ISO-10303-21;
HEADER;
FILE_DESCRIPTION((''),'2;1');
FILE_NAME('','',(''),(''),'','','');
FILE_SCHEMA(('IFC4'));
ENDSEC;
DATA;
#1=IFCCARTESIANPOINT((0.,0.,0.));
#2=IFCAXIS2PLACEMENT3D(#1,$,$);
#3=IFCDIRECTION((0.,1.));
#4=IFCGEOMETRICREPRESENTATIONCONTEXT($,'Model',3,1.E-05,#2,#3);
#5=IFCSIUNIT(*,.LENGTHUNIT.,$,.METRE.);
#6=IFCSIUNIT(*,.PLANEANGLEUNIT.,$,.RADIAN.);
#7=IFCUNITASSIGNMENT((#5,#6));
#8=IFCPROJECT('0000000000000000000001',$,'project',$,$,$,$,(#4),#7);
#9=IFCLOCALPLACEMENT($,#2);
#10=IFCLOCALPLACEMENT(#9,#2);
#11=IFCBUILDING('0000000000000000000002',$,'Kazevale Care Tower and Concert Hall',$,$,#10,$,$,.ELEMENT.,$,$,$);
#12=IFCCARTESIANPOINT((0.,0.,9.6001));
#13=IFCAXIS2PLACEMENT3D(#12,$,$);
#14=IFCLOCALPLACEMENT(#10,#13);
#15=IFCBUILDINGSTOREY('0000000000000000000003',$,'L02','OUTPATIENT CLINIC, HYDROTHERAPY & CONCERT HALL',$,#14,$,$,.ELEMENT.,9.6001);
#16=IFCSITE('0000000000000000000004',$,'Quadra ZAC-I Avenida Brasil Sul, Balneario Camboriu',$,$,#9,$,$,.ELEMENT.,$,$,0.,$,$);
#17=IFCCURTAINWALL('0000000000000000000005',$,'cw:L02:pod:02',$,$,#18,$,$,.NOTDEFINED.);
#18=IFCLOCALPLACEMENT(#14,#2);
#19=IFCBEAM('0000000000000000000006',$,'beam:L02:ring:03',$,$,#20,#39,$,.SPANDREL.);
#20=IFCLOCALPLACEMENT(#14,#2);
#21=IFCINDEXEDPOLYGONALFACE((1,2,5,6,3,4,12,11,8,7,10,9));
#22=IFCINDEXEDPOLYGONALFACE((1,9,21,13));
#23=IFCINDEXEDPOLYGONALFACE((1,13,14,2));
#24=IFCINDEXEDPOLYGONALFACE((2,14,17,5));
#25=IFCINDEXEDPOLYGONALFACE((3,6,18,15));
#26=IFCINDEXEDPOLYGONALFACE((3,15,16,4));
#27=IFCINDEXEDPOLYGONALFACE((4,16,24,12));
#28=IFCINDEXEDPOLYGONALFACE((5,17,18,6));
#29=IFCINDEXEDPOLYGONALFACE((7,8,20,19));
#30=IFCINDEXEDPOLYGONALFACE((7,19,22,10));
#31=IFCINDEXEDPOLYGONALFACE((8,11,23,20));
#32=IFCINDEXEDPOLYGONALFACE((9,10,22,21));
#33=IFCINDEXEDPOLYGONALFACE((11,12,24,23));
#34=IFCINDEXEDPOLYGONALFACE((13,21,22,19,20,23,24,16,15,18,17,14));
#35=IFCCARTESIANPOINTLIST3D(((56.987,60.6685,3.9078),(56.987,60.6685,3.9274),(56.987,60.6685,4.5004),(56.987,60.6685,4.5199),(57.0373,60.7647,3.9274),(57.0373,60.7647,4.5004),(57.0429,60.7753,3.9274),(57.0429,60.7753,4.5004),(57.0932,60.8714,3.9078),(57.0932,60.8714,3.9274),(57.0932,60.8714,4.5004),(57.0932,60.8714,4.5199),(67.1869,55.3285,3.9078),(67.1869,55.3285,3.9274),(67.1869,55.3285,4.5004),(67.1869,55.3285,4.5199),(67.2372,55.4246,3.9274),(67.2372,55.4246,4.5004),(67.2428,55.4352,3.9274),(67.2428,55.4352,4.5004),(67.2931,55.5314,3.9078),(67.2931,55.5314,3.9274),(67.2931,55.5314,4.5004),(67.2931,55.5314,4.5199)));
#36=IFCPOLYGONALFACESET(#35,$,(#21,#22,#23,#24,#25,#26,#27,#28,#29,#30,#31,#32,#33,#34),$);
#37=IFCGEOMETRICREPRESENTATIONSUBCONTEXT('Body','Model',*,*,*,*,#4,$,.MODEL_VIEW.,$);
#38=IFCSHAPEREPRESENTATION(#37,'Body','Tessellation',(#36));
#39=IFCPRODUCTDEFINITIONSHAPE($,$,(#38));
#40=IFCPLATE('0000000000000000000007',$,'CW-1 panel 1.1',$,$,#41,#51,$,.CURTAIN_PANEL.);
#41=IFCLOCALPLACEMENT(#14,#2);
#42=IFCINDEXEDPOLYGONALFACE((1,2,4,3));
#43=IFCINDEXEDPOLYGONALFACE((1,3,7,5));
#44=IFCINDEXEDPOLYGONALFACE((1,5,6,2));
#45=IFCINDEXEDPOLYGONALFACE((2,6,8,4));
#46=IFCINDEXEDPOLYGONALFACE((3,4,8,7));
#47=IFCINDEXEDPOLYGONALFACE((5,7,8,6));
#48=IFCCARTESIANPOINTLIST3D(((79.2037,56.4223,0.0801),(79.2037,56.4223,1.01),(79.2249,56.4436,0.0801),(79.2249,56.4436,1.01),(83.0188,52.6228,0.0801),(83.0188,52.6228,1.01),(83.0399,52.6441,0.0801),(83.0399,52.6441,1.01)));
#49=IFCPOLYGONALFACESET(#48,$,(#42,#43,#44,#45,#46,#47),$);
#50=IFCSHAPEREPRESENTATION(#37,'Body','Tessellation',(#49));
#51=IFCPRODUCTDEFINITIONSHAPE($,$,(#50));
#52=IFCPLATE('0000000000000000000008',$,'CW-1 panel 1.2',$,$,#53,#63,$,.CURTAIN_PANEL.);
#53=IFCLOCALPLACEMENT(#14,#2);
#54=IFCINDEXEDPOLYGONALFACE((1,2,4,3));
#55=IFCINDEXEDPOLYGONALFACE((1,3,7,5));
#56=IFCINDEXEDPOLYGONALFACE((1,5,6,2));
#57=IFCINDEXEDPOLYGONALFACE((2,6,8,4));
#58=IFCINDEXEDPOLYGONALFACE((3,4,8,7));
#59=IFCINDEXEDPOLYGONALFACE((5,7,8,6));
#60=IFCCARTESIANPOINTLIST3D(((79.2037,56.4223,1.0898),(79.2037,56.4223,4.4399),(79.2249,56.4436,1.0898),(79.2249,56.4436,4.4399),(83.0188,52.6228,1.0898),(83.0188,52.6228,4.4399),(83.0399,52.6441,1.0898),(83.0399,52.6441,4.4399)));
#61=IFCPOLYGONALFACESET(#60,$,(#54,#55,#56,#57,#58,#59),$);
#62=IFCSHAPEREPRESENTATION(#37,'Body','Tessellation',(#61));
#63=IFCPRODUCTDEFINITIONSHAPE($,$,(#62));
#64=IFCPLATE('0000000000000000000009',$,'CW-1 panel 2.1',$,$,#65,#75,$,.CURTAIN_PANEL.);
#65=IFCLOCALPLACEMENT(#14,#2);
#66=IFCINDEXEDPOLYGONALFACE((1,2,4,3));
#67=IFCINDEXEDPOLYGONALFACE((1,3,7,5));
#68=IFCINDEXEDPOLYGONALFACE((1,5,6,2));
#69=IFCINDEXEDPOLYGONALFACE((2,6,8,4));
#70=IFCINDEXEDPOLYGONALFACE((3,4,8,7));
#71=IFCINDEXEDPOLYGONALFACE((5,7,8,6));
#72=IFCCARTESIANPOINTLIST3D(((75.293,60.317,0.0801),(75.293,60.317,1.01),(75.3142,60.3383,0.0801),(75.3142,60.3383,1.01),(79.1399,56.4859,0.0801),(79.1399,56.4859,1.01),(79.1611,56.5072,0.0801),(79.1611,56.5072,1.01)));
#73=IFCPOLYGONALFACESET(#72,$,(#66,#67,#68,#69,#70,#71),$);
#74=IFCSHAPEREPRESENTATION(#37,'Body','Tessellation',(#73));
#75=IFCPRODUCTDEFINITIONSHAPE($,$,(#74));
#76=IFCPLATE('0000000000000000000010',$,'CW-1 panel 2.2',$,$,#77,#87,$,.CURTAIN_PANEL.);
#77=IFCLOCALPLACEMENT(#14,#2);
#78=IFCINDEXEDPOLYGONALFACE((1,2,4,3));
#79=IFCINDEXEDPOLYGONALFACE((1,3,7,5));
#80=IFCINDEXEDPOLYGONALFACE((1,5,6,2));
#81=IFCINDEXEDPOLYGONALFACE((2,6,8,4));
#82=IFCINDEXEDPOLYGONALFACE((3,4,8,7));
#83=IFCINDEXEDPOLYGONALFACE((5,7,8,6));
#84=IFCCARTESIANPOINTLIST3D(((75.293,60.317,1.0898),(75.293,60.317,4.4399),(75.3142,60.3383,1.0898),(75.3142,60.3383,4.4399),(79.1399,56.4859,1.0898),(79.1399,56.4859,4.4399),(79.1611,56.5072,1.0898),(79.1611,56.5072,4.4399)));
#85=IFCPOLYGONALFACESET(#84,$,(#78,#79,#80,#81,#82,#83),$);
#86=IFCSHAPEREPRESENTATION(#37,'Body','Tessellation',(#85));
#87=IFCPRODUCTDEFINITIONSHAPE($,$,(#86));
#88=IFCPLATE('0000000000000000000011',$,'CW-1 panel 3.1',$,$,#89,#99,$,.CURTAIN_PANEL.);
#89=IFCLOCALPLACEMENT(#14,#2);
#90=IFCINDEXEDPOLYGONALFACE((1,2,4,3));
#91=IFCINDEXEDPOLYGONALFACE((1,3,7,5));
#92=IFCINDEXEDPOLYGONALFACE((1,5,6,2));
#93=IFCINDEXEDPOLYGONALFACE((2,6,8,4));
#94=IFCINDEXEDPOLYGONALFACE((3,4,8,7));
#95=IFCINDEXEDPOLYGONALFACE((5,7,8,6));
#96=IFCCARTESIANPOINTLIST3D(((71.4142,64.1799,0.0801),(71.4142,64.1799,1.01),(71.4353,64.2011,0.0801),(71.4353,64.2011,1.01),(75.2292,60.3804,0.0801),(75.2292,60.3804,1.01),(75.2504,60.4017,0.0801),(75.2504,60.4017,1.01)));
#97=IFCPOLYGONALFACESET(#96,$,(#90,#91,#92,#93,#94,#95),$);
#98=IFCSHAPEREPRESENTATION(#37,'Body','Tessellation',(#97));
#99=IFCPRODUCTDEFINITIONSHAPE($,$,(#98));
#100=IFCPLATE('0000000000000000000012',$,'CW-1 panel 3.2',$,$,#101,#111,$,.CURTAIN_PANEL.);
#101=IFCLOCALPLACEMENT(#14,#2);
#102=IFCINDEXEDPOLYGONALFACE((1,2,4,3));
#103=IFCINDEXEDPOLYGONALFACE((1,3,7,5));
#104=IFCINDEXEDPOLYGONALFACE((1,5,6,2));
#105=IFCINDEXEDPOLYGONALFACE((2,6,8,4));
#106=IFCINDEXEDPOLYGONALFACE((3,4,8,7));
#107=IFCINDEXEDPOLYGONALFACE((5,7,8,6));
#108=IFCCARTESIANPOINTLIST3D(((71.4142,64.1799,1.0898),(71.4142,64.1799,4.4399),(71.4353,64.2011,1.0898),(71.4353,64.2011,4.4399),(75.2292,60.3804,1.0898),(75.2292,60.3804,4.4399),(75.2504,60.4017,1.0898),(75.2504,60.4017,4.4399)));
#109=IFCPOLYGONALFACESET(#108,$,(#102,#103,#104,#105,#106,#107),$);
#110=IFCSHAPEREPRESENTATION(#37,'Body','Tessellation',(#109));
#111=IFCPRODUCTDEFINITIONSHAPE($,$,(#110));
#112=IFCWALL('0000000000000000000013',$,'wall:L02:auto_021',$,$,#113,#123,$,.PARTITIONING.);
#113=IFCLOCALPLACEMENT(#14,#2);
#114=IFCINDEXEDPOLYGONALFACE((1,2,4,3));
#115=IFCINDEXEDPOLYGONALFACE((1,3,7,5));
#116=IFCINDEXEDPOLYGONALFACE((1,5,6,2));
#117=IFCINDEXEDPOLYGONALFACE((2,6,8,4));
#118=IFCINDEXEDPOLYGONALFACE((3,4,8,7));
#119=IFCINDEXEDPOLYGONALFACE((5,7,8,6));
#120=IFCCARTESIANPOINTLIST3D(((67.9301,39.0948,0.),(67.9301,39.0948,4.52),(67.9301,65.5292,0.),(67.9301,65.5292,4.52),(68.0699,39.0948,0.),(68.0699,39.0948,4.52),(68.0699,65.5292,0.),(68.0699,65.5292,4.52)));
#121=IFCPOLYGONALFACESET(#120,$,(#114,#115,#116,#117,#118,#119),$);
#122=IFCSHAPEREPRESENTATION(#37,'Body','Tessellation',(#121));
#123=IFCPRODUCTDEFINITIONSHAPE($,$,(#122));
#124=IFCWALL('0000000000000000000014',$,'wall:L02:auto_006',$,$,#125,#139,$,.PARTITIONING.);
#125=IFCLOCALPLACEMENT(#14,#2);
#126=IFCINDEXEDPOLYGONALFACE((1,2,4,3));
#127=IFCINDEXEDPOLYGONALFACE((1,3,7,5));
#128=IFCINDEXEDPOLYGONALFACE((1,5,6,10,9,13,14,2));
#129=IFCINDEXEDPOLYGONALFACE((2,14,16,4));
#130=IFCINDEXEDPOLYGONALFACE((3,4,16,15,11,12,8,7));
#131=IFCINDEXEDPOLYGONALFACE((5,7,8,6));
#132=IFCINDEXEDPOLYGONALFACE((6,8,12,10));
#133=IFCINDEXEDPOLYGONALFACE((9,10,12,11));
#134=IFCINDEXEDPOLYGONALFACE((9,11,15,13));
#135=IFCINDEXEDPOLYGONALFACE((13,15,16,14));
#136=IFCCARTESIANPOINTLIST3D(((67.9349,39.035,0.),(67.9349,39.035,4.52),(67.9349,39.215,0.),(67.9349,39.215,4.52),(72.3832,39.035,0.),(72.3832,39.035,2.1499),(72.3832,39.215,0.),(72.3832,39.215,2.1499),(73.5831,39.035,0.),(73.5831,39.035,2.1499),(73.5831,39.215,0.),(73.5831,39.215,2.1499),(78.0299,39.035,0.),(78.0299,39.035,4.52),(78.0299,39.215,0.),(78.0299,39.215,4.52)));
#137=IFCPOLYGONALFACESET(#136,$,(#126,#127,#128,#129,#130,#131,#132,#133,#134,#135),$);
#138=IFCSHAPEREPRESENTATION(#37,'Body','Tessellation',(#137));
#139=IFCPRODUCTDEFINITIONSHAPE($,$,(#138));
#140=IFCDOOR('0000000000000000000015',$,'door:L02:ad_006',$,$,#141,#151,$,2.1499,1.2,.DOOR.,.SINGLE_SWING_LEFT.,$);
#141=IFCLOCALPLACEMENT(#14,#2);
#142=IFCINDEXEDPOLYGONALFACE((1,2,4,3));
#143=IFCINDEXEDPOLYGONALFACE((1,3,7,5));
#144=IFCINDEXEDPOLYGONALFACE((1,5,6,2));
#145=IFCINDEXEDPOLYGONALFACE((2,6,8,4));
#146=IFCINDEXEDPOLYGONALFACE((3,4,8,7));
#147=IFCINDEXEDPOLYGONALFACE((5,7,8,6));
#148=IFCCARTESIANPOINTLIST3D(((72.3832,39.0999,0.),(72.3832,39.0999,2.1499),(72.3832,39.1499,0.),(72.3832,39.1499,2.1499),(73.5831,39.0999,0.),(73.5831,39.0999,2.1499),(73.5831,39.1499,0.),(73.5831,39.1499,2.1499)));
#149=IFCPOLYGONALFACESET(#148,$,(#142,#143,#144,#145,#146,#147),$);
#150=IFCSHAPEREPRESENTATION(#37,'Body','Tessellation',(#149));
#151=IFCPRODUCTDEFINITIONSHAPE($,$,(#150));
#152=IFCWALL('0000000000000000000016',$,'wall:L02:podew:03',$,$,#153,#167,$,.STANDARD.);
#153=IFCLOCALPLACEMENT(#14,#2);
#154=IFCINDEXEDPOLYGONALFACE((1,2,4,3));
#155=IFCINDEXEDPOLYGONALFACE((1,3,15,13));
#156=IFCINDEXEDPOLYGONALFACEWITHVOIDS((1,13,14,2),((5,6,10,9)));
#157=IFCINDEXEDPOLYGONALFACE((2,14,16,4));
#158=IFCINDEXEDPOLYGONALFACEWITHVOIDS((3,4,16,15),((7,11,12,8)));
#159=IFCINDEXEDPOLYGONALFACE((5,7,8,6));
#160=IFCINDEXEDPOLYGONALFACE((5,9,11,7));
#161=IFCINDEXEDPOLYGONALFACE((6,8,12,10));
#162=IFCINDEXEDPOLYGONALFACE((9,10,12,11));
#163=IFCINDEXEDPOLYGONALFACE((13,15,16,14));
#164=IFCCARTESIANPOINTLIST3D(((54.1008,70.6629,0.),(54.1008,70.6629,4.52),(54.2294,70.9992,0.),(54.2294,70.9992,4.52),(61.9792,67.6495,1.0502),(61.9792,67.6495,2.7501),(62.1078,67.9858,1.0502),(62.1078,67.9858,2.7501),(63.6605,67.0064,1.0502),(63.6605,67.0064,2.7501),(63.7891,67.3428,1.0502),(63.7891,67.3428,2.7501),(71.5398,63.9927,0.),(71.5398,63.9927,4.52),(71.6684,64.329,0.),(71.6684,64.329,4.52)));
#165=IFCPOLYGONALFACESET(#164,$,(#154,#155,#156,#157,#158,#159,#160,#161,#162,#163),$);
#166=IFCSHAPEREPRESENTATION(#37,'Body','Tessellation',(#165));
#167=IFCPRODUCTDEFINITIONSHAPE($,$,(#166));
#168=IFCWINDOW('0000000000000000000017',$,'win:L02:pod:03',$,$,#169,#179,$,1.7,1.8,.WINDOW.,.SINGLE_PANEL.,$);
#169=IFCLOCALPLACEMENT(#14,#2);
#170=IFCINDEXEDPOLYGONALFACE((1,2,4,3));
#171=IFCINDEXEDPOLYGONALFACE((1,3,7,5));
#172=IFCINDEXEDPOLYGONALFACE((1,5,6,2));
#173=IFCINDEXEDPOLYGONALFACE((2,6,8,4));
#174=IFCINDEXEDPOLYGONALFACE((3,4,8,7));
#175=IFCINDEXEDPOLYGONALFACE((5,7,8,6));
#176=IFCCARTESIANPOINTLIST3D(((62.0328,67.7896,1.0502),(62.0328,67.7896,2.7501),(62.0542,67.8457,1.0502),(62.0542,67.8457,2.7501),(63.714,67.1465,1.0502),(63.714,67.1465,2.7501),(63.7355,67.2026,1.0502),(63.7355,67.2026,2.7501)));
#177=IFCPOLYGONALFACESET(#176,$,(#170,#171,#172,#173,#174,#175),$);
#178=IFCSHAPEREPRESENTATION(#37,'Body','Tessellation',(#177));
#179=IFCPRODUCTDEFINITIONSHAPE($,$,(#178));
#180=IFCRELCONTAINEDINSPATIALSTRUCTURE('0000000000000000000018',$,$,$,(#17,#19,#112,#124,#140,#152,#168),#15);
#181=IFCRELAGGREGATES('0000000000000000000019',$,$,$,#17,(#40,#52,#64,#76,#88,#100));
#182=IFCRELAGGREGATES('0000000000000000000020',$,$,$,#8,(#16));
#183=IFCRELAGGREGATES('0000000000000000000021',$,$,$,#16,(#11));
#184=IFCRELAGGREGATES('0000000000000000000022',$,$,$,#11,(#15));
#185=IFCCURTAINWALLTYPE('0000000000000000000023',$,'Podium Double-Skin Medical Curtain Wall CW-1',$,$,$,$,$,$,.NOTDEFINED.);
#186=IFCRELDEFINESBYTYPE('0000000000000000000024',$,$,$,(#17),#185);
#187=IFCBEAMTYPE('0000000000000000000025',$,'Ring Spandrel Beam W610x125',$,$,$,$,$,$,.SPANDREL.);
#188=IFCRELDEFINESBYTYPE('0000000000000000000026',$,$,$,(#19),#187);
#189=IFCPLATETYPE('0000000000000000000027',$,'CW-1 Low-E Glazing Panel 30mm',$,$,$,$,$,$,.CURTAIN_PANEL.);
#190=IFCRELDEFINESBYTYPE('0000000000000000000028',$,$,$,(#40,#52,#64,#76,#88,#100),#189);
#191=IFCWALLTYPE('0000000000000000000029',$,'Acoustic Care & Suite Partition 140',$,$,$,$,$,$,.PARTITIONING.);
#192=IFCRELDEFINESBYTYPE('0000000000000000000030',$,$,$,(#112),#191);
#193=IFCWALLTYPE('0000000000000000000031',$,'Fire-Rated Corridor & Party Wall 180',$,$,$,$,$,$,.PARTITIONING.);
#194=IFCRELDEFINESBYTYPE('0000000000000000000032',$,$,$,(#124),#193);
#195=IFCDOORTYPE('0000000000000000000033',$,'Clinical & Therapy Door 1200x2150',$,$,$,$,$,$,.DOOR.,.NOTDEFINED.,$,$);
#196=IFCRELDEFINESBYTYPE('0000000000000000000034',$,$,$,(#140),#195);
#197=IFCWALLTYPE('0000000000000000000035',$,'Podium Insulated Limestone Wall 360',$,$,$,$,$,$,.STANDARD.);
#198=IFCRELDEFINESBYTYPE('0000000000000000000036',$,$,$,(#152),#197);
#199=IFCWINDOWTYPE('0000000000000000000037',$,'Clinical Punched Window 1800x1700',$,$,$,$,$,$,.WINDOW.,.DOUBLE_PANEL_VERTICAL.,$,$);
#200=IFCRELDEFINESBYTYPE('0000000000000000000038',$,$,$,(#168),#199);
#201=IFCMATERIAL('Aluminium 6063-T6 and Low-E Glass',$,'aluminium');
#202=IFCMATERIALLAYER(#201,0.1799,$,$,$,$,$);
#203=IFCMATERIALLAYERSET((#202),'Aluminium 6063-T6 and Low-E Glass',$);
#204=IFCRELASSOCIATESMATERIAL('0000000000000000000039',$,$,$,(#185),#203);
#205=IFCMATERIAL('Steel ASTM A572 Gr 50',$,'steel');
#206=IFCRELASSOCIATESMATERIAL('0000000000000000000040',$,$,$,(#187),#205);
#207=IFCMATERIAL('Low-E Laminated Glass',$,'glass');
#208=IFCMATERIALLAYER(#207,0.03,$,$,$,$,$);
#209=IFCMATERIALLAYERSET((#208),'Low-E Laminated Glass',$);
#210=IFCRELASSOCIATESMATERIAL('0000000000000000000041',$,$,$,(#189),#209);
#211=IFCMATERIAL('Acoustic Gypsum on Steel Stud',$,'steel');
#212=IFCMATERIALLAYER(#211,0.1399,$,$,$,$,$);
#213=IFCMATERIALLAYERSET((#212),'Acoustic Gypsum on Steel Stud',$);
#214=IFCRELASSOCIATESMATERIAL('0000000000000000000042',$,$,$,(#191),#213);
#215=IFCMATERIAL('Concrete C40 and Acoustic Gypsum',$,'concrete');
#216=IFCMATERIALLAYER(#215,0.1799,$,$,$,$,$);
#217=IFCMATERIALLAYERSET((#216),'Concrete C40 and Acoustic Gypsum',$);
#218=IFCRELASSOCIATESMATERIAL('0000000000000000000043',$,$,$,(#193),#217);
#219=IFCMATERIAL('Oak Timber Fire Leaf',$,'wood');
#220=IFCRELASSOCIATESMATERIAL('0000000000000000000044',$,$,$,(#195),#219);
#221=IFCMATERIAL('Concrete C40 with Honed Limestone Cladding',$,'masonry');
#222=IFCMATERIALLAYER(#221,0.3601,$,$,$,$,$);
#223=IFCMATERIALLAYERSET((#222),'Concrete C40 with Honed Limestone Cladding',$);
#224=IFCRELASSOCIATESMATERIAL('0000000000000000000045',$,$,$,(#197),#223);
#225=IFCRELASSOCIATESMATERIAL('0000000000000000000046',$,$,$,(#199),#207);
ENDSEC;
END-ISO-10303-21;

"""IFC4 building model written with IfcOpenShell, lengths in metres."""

from ifc_helpers import new_model, si_unit, direction, frame, frame_2d, origin, origin_2d, place, context, subcontext, project, spatial, rectangle, i_section, extrude, material, layer, layer_set, material_profile, profile_set, type_object, element, fill, aggregate, save


model = new_model("IFC4")

# Units and contexts
model_context = context("Model", 3, precision=1e-05, world=origin(), true_north=direction((0.0, 1.0)))
body_context = subcontext(model_context, "Body", "Model", "MODEL_VIEW")
ifc_project = project(units=[si_unit("LENGTHUNIT", "METRE"), si_unit("PLANEANGLEUNIT", "RADIAN")], contexts=[model_context])

# Site, building, storey
site_placement = place(None, origin())
site = spatial("IfcSite", under=ifc_project, at=site_placement, Name="Quadra ZAC-I Avenida Brasil Sul, Balneario Camboriu", CompositionType="ELEMENT", RefElevation=0.0)
building_placement = place(site_placement, origin())
building = spatial("IfcBuilding", under=site, at=building_placement, Name="Kazevale Care Tower and Concert Hall", CompositionType="ELEMENT")
storey_placement = place(building_placement, frame((0.0, 0.0, 9.6001)))
storey = spatial("IfcBuildingStorey", under=building, at=storey_placement, Name="L02", Description="OUTPATIENT CLINIC, HYDROTHERAPY & CONCERT HALL", CompositionType="ELEMENT", Elevation=9.6001)

# Curtain wall
ifc_material_1 = material(Name="Aluminium 6063-T6 and Low-E Glass", Category="aluminium")
ifc_layer_1 = layer(ifc_material_1, 0.1799)
ifc_layer_set_1 = layer_set([ifc_layer_1], Name="Aluminium 6063-T6 and Low-E Glass")
curtain_wall_type = type_object("IfcCurtainWallType", Name="Podium Double-Skin Medical Curtain Wall CW-1", PredefinedType="NOTDEFINED", material=ifc_layer_set_1)
curtain_wall_placement = place(storey_placement, origin())
curtain_wall = element("IfcCurtainWall", 1, at=curtain_wall_placement, inside=storey, type_object=curtain_wall_type, Name="cw:L02:pod:02", PredefinedType="NOTDEFINED")

# Beam
ifc_material_2 = material(Name="Steel ASTM A572 Gr 50", Category="steel")
ifc_material_profile_1 = material_profile(ifc_material_2, i_section(OverallWidth=0.229, OverallDepth=0.6121, WebThickness=0.012, FlangeThickness=0.0195, at=origin_2d()), Name="W610x125")
ifc_profile_set_1 = profile_set([ifc_material_profile_1], Name="Steel ASTM A572 Gr 50")
beam_type_1 = type_object("IfcBeamType", Name="Ring Spandrel Beam W610x125", PredefinedType="SPANDREL", material=ifc_profile_set_1)
beam_1_placement = place(storey_placement, frame((67.24, 55.4299, 4.2139), z_axis=(-0.885929, 0.46382, 0.0), x_axis=(-0.46382, -0.885929, 0.0)))
element("IfcBeam", 2, at=beam_1_placement, inside=storey, type_object=beam_type_1, Name="beam:L02:ring:03", PredefinedType="SPANDREL", context=body_context, shape_type="SweptSolid", body=[
    extrude(i_section(OverallWidth=0.229, OverallDepth=0.6121, WebThickness=0.012, FlangeThickness=0.0195, at=origin_2d()), origin(), (0.0, 0.0, 1.0), 11.5132),
])

# Plates
ifc_material_3 = material(Name="Low-E Laminated Glass", Category="glass")
ifc_layer_2 = layer(ifc_material_3, 0.03)
ifc_layer_set_2 = layer_set([ifc_layer_2], Name="Low-E Laminated Glass")
plate_type = type_object("IfcPlateType", Name="CW-1 Low-E Glazing Panel 30mm", PredefinedType="CURTAIN_PANEL", material=ifc_layer_set_2)
plate_1_placement = place(storey_placement, frame((81.1218, 54.5332, 0.0801), z_axis=(0.0, 0.0, 1.0), x_axis=(-0.708555, 0.705656, 0.0)))
plate_1 = element("IfcPlate", 3, at=plate_1_placement, type_object=plate_type, Name="CW-1 panel 1.1", PredefinedType="CURTAIN_PANEL", context=body_context, shape_type="SweptSolid", body=[
    extrude(rectangle(XDim=5.3843, YDim=0.03, at=origin_2d()), origin(), (0.0, 0.0, 1.0), 0.9299),
])
plate_2_placement = place(storey_placement, frame((81.1218, 54.5332, 1.0898), z_axis=(0.0, 0.0, 1.0), x_axis=(-0.708555, 0.705656, 0.0)))
plate_2 = element("IfcPlate", 4, at=plate_2_placement, type_object=plate_type, Name="CW-1 panel 1.2", PredefinedType="CURTAIN_PANEL", context=body_context, shape_type="SweptSolid", body=[
    extrude(rectangle(XDim=5.3843, YDim=0.03, at=origin_2d()), origin(), (0.0, 0.0, 1.0), 3.3501),
])
plate_3_placement = place(storey_placement, frame((77.2271, 58.4121, 0.0801), z_axis=(0.0, 0.0, 1.0), x_axis=(-0.708555, 0.705656, 0.0)))
plate_3 = element("IfcPlate", 5, at=plate_3_placement, type_object=plate_type, Name="CW-1 panel 2.1", PredefinedType="CURTAIN_PANEL", context=body_context, shape_type="SweptSolid", body=[
    extrude(rectangle(XDim=5.4292, YDim=0.03, at=origin_2d()), origin(), (0.0, 0.0, 1.0), 0.9299),
])
plate_4_placement = place(storey_placement, frame((77.2271, 58.4121, 1.0898), z_axis=(0.0, 0.0, 1.0), x_axis=(-0.708555, 0.705656, 0.0)))
plate_4 = element("IfcPlate", 6, at=plate_4_placement, type_object=plate_type, Name="CW-1 panel 2.2", PredefinedType="CURTAIN_PANEL", context=body_context, shape_type="SweptSolid", body=[
    extrude(rectangle(XDim=5.4292, YDim=0.03, at=origin_2d()), origin(), (0.0, 0.0, 1.0), 3.3501),
])
plate_5_placement = place(storey_placement, frame((73.3323, 62.2908, 0.0801), z_axis=(0.0, 0.0, 1.0), x_axis=(-0.708555, 0.705656, 0.0)))
plate_5 = element("IfcPlate", 7, at=plate_5_placement, type_object=plate_type, Name="CW-1 panel 3.1", PredefinedType="CURTAIN_PANEL", context=body_context, shape_type="SweptSolid", body=[
    extrude(rectangle(XDim=5.3843, YDim=0.03, at=origin_2d()), origin(), (0.0, 0.0, 1.0), 0.9299),
])
plate_6_placement = place(storey_placement, frame((73.3323, 62.2908, 1.0898), z_axis=(0.0, 0.0, 1.0), x_axis=(-0.708555, 0.705656, 0.0)))
plate_6 = element("IfcPlate", 8, at=plate_6_placement, type_object=plate_type, Name="CW-1 panel 3.2", PredefinedType="CURTAIN_PANEL", context=body_context, shape_type="SweptSolid", body=[
    extrude(rectangle(XDim=5.3843, YDim=0.03, at=origin_2d()), origin(), (0.0, 0.0, 1.0), 3.3501),
])
aggregate(curtain_wall, [plate_1, plate_2, plate_3, plate_4, plate_5, plate_6])

# Wall
ifc_material_4 = material(Name="Acoustic Gypsum on Steel Stud", Category="steel")
ifc_layer_3 = layer(ifc_material_4, 0.1399)
ifc_layer_set_3 = layer_set([ifc_layer_3], Name="Acoustic Gypsum on Steel Stud")
wall_type_1 = type_object("IfcWallType", Name="Acoustic Care & Suite Partition 140", PredefinedType="PARTITIONING", material=ifc_layer_set_3)
wall_1_placement = place(storey_placement, frame((68.0, 65.5293, 0.0), z_axis=(0.0, 0.0, 1.0), x_axis=(0.0, -1.0, 0.0)))
element("IfcWall", 9, at=wall_1_placement, inside=storey, type_object=wall_type_1, Name="wall:L02:auto_021", PredefinedType="PARTITIONING", context=body_context, shape_type="SweptSolid", body=[
    extrude(rectangle(XDim=26.4343, YDim=0.1399, at=frame_2d((13.2173, 0.0))), origin(), (0.0, 0.0, 1.0), 4.52),
])

# Wall, opening, door
ifc_material_5 = material(Name="Concrete C40 and Acoustic Gypsum", Category="concrete")
ifc_layer_4 = layer(ifc_material_5, 0.1799)
ifc_layer_set_4 = layer_set([ifc_layer_4], Name="Concrete C40 and Acoustic Gypsum")
wall_type_2 = type_object("IfcWallType", Name="Fire-Rated Corridor & Party Wall 180", PredefinedType="PARTITIONING", material=ifc_layer_set_4)
wall_2_placement = place(storey_placement, frame((67.9351, 39.125, 0.0), z_axis=(0.0, 0.0, 1.0), x_axis=(1.0, 0.0, 0.0)))
wall_2 = element("IfcWall", 10, at=wall_2_placement, inside=storey, type_object=wall_type_2, Name="wall:L02:auto_006", PredefinedType="PARTITIONING", context=body_context, shape_type="SweptSolid", body=[
    extrude(rectangle(XDim=10.095, YDim=0.1799, at=frame_2d((5.0474, 0.0))), origin(), (0.0, 0.0, 1.0), 4.52),
])
opening_1_placement = place(wall_2_placement, frame((4.448, 0.0, 0.0)))
opening_1 = element("IfcOpeningElement", 11, at=opening_1_placement, cuts=wall_2, PredefinedType="OPENING", context=body_context, shape_type="SweptSolid", body=[
    extrude(rectangle(XDim=1.2, YDim=2.1499, at=frame_2d((0.6001, 1.075))), frame((0.0, 0.0999, 0.0), z_axis=(0.0, -1.0, 0.0), x_axis=(1.0, 0.0, 0.0)), (0.0, 0.0, 1.0), 0.2),
])
ifc_material_6 = material(Name="Oak Timber Fire Leaf", Category="wood")
door_type = type_object("IfcDoorType", Name="Clinical & Therapy Door 1200x2150", OperationType="NOTDEFINED", PredefinedType="DOOR", material=ifc_material_6)
door_placement = place(opening_1_placement, origin())
door = element("IfcDoor", 12, at=door_placement, inside=storey, type_object=door_type, Name="door:L02:ad_006", OperationType="SINGLE_SWING_LEFT", OverallHeight=2.1499, OverallWidth=1.2, PredefinedType="DOOR", context=body_context, shape_type="SweptSolid", body=[
    extrude(rectangle(XDim=1.2, YDim=2.1499, at=frame_2d((0.6001, 1.075))), frame((0.0, 0.0249, 0.0), z_axis=(0.0, -1.0, 0.0), x_axis=(1.0, 0.0, 0.0)), (0.0, 0.0, 1.0), 0.05),
])
fill(opening_1, door)

# Wall, opening, window
ifc_material_7 = material(Name="Concrete C40 with Honed Limestone Cladding", Category="masonry")
ifc_layer_5 = layer(ifc_material_7, 0.3601)
ifc_layer_set_5 = layer_set([ifc_layer_5], Name="Concrete C40 with Honed Limestone Cladding")
wall_type_3 = type_object("IfcWallType", Name="Podium Insulated Limestone Wall 360", PredefinedType="STANDARD", material=ifc_layer_set_5)
wall_3_placement = place(storey_placement, frame((71.604, 64.1609, 0.0), z_axis=(0.0, 0.0, 1.0), x_axis=(-0.93401, 0.357246, 0.0)))
wall_3 = element("IfcWall", 13, at=wall_3_placement, inside=storey, type_object=wall_type_3, Name="wall:L02:podew:03", PredefinedType="STANDARD", context=body_context, shape_type="SweptSolid", body=[
    extrude(rectangle(XDim=18.6711, YDim=0.3601, at=frame_2d((9.3354, 0.0))), origin(), (0.0, 0.0, 1.0), 4.52),
])
opening_2_placement = place(wall_3_placement, frame((8.436, 0.0, 1.05)))
opening_2 = element("IfcOpeningElement", 14, at=opening_2_placement, cuts=wall_3, PredefinedType="OPENING", context=body_context, shape_type="SweptSolid", body=[
    extrude(rectangle(XDim=1.8, YDim=1.7, at=frame_2d((0.8999, 0.8501))), frame((0.0, 0.1899, 0.0), z_axis=(0.0, -1.0, 0.0), x_axis=(1.0, 0.0, 0.0)), (0.0, 0.0, 1.0), 0.3801),
])
window_type = type_object("IfcWindowType", Name="Clinical Punched Window 1800x1700", PartitioningType="DOUBLE_PANEL_VERTICAL", PredefinedType="WINDOW", material=ifc_material_3)
window_placement = place(opening_2_placement, origin())
window = element("IfcWindow", 15, at=window_placement, inside=storey, type_object=window_type, Name="win:L02:pod:03", OverallHeight=1.7, OverallWidth=1.8, PartitioningType="SINGLE_PANEL", PredefinedType="WINDOW", context=body_context, shape_type="SweptSolid", body=[
    extrude(rectangle(XDim=1.8, YDim=1.7, at=frame_2d((0.8999, 0.8501))), frame((0.0, 0.03, 0.0), z_axis=(0.0, -1.0, 0.0), x_axis=(1.0, 0.0, 0.0)), (0.0, 0.0, 1.0), 0.0601),
])
fill(opening_2, window)

save(model, "model.ifc")
